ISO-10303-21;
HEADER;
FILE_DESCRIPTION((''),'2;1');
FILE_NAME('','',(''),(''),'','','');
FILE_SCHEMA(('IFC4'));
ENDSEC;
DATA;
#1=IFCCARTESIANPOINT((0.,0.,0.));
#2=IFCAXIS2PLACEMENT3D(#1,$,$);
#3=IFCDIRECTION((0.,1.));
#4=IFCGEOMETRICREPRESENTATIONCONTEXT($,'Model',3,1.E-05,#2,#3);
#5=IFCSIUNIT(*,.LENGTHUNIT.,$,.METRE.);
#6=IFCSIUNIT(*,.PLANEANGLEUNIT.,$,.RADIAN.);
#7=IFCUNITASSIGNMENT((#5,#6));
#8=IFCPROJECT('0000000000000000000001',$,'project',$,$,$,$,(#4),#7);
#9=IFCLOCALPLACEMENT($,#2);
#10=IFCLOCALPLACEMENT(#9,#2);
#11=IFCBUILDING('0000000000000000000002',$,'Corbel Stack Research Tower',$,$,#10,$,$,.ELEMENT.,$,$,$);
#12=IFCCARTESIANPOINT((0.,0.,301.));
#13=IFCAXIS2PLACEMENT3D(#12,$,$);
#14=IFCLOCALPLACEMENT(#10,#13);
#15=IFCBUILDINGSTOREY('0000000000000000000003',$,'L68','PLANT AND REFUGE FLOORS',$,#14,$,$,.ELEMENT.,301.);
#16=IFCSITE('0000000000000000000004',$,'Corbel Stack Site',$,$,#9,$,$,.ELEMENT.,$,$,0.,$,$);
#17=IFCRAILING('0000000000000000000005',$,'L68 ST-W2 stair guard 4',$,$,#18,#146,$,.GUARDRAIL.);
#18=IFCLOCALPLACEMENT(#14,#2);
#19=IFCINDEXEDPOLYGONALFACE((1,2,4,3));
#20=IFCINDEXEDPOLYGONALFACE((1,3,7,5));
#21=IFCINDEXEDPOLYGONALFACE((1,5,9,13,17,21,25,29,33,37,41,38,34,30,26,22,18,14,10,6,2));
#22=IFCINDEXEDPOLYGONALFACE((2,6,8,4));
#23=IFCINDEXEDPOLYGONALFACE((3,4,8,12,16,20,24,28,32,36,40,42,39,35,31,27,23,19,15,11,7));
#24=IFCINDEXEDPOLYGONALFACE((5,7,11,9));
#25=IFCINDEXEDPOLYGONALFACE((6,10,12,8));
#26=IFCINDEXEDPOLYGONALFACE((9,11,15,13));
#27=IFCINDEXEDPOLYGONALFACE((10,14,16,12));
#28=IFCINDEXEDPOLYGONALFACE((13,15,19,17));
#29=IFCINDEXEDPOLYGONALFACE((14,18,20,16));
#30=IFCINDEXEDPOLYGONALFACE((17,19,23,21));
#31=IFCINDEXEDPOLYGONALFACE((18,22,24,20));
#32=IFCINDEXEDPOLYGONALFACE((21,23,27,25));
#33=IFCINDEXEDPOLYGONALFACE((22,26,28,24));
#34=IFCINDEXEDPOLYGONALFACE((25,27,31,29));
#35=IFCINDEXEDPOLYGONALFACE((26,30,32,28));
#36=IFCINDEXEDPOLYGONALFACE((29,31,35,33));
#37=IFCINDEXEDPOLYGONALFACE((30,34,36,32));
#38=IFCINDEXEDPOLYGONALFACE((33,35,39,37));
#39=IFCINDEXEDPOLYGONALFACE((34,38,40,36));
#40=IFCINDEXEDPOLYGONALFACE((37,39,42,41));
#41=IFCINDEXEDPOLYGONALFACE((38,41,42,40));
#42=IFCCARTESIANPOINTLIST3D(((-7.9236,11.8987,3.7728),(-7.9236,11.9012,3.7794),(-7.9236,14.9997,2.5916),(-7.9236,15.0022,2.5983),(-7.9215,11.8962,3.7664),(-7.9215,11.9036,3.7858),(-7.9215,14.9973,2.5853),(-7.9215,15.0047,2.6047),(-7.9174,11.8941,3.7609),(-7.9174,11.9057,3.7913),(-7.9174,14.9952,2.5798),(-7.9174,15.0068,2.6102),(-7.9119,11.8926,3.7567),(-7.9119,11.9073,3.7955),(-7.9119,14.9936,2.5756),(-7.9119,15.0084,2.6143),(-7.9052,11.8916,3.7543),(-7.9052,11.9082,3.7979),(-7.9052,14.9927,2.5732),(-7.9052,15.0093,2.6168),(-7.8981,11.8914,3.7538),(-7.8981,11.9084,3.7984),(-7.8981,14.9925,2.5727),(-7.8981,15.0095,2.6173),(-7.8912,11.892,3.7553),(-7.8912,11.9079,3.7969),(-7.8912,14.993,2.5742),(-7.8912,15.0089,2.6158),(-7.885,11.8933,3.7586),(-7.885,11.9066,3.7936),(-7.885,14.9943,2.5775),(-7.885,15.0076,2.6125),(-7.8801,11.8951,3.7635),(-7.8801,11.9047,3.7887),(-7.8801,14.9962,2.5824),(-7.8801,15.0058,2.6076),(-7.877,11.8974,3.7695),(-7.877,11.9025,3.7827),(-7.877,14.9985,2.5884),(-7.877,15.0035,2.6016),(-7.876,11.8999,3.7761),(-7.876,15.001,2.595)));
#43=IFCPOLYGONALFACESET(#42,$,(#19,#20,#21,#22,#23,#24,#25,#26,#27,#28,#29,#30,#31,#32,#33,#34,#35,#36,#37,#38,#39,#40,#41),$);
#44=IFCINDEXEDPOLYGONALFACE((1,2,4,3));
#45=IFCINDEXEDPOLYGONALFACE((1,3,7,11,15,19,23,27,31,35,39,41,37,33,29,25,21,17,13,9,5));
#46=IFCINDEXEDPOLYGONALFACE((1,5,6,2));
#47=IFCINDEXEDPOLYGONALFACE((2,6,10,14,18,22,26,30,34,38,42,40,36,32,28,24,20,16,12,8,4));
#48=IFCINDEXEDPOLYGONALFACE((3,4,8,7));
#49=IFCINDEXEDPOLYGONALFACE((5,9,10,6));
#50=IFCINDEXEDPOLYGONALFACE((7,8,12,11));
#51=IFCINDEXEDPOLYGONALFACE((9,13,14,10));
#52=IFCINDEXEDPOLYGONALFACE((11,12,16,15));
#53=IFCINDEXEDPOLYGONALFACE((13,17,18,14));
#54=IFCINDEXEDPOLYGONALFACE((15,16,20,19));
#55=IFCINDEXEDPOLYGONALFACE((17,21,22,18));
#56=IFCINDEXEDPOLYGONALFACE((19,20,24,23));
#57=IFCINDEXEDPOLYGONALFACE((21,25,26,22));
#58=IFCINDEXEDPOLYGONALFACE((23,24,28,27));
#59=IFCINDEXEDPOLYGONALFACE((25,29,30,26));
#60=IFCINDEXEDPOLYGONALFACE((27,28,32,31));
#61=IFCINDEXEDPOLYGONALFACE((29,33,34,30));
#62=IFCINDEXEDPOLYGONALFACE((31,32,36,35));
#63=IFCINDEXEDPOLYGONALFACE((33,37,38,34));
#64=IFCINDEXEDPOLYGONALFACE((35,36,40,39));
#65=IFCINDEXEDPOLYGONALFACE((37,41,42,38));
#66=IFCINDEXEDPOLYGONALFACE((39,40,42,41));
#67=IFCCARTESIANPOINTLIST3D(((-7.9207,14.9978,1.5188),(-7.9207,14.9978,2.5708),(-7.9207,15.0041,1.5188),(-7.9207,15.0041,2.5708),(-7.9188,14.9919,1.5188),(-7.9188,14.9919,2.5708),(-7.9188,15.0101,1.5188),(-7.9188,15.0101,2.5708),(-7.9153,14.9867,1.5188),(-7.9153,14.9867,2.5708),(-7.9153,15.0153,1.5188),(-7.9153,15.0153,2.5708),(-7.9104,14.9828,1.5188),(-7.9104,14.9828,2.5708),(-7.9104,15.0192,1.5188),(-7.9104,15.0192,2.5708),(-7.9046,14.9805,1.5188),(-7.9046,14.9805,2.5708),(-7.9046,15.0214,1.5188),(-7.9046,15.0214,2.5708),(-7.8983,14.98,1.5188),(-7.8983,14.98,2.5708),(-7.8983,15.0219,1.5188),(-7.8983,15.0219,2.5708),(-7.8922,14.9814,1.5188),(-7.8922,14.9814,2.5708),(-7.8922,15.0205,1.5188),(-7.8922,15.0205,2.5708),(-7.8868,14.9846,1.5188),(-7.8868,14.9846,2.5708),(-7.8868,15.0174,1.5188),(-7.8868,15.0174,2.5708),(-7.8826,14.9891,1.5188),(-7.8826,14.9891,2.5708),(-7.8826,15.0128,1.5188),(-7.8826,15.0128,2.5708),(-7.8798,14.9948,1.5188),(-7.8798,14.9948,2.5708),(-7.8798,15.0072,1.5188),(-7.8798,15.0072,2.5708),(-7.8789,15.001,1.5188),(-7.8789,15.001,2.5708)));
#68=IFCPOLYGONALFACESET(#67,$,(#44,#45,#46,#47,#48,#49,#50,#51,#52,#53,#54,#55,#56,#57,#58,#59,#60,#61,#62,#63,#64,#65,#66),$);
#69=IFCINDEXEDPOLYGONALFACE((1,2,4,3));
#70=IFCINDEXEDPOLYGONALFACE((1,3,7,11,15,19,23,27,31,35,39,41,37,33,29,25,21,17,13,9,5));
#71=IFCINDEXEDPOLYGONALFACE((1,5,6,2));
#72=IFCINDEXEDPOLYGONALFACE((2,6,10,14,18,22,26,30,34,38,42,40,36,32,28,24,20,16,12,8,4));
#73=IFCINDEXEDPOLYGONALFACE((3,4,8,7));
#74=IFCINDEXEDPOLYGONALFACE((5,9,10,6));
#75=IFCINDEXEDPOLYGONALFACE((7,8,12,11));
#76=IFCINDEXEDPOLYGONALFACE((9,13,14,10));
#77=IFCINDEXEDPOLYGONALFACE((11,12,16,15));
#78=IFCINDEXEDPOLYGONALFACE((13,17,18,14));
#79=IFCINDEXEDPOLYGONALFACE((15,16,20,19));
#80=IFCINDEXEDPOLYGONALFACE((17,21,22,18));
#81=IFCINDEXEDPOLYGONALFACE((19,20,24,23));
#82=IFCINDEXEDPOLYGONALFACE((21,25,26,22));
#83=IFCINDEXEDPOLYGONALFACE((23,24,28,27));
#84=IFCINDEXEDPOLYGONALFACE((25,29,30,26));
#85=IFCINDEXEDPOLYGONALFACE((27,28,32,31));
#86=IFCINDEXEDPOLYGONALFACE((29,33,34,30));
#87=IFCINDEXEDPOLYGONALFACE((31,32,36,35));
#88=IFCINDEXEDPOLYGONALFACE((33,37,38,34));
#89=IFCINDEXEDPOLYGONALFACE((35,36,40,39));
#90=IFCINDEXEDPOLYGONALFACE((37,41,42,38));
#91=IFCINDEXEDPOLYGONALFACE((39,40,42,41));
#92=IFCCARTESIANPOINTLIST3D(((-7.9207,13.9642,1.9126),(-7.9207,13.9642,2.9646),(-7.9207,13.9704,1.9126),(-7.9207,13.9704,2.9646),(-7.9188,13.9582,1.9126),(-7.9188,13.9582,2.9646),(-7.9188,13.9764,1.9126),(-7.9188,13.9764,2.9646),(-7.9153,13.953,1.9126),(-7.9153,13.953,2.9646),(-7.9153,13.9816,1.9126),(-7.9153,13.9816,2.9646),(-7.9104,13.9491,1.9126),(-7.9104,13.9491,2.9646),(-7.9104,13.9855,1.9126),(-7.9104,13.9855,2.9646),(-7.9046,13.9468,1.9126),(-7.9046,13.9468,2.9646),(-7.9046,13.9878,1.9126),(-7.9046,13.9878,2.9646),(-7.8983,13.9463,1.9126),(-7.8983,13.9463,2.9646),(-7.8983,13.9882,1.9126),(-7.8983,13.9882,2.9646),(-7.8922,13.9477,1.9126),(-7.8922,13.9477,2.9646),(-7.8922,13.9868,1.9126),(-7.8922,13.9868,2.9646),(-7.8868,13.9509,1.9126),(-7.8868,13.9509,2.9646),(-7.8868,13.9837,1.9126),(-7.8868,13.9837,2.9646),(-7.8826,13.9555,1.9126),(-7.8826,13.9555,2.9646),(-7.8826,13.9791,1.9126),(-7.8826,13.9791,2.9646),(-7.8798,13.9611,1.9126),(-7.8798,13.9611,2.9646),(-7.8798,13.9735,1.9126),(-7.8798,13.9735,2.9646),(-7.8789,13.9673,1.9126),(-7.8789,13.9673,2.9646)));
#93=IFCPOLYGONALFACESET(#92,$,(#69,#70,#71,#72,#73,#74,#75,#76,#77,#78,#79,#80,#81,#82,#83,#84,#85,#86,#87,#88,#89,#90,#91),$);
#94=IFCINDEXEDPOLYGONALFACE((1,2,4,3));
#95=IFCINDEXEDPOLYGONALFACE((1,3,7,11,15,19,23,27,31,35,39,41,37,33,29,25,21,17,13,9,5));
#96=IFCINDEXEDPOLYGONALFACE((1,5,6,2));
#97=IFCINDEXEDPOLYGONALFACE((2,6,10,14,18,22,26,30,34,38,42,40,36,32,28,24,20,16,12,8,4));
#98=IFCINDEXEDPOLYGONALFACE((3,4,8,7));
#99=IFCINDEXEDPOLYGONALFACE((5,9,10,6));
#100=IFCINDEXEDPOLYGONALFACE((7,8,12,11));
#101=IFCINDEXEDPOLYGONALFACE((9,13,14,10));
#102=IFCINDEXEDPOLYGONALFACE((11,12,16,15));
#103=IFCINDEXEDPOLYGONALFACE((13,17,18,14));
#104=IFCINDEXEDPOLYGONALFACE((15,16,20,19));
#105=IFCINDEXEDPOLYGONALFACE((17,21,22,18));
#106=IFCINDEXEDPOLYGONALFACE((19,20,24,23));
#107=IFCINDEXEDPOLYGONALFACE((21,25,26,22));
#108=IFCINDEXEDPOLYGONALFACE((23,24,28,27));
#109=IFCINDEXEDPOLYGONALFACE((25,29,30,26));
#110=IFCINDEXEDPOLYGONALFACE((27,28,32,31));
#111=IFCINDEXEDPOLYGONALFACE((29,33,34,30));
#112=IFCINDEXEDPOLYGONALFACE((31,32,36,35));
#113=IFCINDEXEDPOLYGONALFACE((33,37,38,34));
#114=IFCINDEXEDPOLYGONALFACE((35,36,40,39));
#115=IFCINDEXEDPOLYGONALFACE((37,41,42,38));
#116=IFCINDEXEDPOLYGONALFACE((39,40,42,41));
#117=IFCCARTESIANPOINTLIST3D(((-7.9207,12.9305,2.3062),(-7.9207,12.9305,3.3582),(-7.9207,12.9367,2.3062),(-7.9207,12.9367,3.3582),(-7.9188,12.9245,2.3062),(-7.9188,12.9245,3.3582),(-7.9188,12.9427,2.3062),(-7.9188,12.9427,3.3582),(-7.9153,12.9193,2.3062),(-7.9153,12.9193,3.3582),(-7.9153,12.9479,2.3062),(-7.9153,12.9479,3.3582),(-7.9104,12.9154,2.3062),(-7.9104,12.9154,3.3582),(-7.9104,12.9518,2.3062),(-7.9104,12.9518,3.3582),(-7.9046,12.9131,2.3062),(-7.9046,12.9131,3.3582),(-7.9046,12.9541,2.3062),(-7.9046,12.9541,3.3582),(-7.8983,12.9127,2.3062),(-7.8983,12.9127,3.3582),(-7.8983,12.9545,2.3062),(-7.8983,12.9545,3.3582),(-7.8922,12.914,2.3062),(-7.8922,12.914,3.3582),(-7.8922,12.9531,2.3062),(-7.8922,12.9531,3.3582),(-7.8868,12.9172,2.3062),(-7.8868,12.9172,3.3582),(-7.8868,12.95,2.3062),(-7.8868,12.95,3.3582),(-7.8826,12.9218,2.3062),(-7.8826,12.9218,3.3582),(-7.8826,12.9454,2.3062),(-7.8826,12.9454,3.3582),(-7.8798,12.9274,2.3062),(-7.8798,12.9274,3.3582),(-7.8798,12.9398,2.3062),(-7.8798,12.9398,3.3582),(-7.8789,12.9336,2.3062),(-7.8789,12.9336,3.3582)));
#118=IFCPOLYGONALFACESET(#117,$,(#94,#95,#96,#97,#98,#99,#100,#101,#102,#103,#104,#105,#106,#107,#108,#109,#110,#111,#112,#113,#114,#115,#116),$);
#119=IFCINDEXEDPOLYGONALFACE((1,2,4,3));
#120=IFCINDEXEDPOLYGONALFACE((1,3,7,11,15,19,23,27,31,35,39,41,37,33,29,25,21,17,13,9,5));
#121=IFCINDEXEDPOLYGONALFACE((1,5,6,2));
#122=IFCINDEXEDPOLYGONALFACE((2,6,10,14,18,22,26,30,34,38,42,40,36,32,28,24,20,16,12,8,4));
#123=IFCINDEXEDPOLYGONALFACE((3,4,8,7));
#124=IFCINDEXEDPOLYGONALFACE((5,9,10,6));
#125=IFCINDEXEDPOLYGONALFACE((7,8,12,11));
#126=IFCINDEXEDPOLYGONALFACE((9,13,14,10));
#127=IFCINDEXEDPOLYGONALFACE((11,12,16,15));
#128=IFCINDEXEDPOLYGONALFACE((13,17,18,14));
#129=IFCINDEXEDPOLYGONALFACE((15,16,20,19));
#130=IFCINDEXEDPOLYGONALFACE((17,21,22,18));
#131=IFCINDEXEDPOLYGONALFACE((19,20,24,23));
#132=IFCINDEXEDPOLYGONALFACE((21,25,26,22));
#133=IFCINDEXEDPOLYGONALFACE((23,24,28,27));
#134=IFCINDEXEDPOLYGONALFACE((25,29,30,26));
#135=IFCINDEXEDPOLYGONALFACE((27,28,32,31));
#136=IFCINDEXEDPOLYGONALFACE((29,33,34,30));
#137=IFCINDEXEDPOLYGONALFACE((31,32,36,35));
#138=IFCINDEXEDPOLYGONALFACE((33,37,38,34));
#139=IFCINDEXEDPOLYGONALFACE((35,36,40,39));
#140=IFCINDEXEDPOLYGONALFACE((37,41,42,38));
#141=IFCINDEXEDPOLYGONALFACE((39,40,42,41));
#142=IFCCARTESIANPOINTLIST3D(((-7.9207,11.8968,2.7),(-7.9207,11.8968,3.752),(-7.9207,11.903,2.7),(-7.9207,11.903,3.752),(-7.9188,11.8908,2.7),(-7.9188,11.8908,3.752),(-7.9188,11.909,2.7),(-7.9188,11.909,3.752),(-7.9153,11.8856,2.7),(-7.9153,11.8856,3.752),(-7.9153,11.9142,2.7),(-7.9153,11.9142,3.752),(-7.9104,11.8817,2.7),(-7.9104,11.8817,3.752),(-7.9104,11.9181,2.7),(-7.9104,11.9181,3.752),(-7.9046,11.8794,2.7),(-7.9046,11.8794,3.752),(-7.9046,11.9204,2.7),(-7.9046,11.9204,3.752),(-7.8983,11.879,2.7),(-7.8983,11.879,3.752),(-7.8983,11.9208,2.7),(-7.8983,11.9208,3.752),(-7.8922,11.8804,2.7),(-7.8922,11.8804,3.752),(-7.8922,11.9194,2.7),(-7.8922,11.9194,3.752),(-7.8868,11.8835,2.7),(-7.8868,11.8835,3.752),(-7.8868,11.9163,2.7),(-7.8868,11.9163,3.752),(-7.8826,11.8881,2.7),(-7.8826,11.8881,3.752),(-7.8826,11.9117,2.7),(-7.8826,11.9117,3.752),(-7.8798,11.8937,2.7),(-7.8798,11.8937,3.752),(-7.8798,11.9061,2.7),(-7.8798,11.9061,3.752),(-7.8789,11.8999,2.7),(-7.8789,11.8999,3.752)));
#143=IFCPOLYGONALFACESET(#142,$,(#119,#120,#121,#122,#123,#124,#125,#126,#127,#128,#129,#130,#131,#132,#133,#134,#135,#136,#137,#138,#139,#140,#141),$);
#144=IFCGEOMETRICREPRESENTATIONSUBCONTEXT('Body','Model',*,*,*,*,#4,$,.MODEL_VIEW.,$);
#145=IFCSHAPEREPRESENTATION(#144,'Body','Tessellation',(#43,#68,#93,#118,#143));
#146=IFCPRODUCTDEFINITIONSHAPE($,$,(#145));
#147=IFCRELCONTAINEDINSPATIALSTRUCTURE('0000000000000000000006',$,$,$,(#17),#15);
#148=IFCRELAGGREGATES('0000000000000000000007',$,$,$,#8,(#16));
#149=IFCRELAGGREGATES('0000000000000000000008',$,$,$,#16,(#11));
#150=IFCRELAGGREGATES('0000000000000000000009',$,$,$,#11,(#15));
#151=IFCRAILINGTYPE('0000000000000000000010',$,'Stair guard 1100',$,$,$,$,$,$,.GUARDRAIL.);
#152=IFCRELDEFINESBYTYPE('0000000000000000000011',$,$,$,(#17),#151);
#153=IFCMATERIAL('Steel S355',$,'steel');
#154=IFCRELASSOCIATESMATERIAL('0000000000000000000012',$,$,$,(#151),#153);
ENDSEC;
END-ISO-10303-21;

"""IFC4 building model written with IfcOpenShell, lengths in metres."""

from ifc_helpers import new_model, si_unit, direction, frame, origin, origin_2d, place, context, subcontext, project, spatial, circle, extrude, material, type_object, element, save


model = new_model("IFC4")

# Units and contexts
model_context = context("Model", 3, precision=1e-05, world=origin(), true_north=direction((0.0, 1.0)))
body_context = subcontext(model_context, "Body", "Model", "MODEL_VIEW")
ifc_project = project(units=[si_unit("LENGTHUNIT", "METRE"), si_unit("PLANEANGLEUNIT", "RADIAN")], contexts=[model_context])

# Site, building, storey
site_placement = place(None, origin())
site = spatial("IfcSite", under=ifc_project, at=site_placement, Name="Corbel Stack Site", CompositionType="ELEMENT", RefElevation=0.0)
building_placement = place(site_placement, origin())
building = spatial("IfcBuilding", under=site, at=building_placement, Name="Corbel Stack Research Tower", CompositionType="ELEMENT")
storey_placement = place(building_placement, frame((0.0, 0.0, 301.0)))
storey = spatial("IfcBuildingStorey", under=building, at=storey_placement, Name="L68", Description="PLANT AND REFUGE FLOORS", CompositionType="ELEMENT", Elevation=301.0)

# Railing
ifc_material_1 = material(Name="Steel S355", Category="steel")
railing_type = type_object("IfcRailingType", Name="Stair guard 1100", PredefinedType="GUARDRAIL", material=ifc_material_1)
railing_1_placement = place(storey_placement, frame((-7.8999, 15.001, 1.5188)))
element("IfcRailing", 1, at=railing_1_placement, inside=storey, type_object=railing_type, Name="L68 ST-W2 stair guard 4", PredefinedType="GUARDRAIL", context=body_context, shape_type="SweptSolid", body=[
    extrude(circle(Radius=0.0239, at=origin_2d()), frame((0.0, 0.0, 1.0762), z_axis=(0.0, -0.934509, 0.35594), x_axis=(1.0, 0.0, 0.0)), (0.0, 0.0, 1.0), 3.3184),
    extrude(circle(Radius=0.021, at=origin_2d()), origin(), (0.0, 0.0, 1.0), 1.052),
    extrude(circle(Radius=0.021, at=origin_2d()), frame((0.0, -1.0337, 0.3938)), (0.0, 0.0, 1.0), 1.052),
    extrude(circle(Radius=0.021, at=origin_2d()), frame((0.0, -2.0674, 0.7874)), (0.0, 0.0, 1.0), 1.052),
    extrude(circle(Radius=0.021, at=origin_2d()), frame((0.0, -3.1011, 1.1812)), (0.0, 0.0, 1.0), 1.052),
])

save(model, "model.ifc")
